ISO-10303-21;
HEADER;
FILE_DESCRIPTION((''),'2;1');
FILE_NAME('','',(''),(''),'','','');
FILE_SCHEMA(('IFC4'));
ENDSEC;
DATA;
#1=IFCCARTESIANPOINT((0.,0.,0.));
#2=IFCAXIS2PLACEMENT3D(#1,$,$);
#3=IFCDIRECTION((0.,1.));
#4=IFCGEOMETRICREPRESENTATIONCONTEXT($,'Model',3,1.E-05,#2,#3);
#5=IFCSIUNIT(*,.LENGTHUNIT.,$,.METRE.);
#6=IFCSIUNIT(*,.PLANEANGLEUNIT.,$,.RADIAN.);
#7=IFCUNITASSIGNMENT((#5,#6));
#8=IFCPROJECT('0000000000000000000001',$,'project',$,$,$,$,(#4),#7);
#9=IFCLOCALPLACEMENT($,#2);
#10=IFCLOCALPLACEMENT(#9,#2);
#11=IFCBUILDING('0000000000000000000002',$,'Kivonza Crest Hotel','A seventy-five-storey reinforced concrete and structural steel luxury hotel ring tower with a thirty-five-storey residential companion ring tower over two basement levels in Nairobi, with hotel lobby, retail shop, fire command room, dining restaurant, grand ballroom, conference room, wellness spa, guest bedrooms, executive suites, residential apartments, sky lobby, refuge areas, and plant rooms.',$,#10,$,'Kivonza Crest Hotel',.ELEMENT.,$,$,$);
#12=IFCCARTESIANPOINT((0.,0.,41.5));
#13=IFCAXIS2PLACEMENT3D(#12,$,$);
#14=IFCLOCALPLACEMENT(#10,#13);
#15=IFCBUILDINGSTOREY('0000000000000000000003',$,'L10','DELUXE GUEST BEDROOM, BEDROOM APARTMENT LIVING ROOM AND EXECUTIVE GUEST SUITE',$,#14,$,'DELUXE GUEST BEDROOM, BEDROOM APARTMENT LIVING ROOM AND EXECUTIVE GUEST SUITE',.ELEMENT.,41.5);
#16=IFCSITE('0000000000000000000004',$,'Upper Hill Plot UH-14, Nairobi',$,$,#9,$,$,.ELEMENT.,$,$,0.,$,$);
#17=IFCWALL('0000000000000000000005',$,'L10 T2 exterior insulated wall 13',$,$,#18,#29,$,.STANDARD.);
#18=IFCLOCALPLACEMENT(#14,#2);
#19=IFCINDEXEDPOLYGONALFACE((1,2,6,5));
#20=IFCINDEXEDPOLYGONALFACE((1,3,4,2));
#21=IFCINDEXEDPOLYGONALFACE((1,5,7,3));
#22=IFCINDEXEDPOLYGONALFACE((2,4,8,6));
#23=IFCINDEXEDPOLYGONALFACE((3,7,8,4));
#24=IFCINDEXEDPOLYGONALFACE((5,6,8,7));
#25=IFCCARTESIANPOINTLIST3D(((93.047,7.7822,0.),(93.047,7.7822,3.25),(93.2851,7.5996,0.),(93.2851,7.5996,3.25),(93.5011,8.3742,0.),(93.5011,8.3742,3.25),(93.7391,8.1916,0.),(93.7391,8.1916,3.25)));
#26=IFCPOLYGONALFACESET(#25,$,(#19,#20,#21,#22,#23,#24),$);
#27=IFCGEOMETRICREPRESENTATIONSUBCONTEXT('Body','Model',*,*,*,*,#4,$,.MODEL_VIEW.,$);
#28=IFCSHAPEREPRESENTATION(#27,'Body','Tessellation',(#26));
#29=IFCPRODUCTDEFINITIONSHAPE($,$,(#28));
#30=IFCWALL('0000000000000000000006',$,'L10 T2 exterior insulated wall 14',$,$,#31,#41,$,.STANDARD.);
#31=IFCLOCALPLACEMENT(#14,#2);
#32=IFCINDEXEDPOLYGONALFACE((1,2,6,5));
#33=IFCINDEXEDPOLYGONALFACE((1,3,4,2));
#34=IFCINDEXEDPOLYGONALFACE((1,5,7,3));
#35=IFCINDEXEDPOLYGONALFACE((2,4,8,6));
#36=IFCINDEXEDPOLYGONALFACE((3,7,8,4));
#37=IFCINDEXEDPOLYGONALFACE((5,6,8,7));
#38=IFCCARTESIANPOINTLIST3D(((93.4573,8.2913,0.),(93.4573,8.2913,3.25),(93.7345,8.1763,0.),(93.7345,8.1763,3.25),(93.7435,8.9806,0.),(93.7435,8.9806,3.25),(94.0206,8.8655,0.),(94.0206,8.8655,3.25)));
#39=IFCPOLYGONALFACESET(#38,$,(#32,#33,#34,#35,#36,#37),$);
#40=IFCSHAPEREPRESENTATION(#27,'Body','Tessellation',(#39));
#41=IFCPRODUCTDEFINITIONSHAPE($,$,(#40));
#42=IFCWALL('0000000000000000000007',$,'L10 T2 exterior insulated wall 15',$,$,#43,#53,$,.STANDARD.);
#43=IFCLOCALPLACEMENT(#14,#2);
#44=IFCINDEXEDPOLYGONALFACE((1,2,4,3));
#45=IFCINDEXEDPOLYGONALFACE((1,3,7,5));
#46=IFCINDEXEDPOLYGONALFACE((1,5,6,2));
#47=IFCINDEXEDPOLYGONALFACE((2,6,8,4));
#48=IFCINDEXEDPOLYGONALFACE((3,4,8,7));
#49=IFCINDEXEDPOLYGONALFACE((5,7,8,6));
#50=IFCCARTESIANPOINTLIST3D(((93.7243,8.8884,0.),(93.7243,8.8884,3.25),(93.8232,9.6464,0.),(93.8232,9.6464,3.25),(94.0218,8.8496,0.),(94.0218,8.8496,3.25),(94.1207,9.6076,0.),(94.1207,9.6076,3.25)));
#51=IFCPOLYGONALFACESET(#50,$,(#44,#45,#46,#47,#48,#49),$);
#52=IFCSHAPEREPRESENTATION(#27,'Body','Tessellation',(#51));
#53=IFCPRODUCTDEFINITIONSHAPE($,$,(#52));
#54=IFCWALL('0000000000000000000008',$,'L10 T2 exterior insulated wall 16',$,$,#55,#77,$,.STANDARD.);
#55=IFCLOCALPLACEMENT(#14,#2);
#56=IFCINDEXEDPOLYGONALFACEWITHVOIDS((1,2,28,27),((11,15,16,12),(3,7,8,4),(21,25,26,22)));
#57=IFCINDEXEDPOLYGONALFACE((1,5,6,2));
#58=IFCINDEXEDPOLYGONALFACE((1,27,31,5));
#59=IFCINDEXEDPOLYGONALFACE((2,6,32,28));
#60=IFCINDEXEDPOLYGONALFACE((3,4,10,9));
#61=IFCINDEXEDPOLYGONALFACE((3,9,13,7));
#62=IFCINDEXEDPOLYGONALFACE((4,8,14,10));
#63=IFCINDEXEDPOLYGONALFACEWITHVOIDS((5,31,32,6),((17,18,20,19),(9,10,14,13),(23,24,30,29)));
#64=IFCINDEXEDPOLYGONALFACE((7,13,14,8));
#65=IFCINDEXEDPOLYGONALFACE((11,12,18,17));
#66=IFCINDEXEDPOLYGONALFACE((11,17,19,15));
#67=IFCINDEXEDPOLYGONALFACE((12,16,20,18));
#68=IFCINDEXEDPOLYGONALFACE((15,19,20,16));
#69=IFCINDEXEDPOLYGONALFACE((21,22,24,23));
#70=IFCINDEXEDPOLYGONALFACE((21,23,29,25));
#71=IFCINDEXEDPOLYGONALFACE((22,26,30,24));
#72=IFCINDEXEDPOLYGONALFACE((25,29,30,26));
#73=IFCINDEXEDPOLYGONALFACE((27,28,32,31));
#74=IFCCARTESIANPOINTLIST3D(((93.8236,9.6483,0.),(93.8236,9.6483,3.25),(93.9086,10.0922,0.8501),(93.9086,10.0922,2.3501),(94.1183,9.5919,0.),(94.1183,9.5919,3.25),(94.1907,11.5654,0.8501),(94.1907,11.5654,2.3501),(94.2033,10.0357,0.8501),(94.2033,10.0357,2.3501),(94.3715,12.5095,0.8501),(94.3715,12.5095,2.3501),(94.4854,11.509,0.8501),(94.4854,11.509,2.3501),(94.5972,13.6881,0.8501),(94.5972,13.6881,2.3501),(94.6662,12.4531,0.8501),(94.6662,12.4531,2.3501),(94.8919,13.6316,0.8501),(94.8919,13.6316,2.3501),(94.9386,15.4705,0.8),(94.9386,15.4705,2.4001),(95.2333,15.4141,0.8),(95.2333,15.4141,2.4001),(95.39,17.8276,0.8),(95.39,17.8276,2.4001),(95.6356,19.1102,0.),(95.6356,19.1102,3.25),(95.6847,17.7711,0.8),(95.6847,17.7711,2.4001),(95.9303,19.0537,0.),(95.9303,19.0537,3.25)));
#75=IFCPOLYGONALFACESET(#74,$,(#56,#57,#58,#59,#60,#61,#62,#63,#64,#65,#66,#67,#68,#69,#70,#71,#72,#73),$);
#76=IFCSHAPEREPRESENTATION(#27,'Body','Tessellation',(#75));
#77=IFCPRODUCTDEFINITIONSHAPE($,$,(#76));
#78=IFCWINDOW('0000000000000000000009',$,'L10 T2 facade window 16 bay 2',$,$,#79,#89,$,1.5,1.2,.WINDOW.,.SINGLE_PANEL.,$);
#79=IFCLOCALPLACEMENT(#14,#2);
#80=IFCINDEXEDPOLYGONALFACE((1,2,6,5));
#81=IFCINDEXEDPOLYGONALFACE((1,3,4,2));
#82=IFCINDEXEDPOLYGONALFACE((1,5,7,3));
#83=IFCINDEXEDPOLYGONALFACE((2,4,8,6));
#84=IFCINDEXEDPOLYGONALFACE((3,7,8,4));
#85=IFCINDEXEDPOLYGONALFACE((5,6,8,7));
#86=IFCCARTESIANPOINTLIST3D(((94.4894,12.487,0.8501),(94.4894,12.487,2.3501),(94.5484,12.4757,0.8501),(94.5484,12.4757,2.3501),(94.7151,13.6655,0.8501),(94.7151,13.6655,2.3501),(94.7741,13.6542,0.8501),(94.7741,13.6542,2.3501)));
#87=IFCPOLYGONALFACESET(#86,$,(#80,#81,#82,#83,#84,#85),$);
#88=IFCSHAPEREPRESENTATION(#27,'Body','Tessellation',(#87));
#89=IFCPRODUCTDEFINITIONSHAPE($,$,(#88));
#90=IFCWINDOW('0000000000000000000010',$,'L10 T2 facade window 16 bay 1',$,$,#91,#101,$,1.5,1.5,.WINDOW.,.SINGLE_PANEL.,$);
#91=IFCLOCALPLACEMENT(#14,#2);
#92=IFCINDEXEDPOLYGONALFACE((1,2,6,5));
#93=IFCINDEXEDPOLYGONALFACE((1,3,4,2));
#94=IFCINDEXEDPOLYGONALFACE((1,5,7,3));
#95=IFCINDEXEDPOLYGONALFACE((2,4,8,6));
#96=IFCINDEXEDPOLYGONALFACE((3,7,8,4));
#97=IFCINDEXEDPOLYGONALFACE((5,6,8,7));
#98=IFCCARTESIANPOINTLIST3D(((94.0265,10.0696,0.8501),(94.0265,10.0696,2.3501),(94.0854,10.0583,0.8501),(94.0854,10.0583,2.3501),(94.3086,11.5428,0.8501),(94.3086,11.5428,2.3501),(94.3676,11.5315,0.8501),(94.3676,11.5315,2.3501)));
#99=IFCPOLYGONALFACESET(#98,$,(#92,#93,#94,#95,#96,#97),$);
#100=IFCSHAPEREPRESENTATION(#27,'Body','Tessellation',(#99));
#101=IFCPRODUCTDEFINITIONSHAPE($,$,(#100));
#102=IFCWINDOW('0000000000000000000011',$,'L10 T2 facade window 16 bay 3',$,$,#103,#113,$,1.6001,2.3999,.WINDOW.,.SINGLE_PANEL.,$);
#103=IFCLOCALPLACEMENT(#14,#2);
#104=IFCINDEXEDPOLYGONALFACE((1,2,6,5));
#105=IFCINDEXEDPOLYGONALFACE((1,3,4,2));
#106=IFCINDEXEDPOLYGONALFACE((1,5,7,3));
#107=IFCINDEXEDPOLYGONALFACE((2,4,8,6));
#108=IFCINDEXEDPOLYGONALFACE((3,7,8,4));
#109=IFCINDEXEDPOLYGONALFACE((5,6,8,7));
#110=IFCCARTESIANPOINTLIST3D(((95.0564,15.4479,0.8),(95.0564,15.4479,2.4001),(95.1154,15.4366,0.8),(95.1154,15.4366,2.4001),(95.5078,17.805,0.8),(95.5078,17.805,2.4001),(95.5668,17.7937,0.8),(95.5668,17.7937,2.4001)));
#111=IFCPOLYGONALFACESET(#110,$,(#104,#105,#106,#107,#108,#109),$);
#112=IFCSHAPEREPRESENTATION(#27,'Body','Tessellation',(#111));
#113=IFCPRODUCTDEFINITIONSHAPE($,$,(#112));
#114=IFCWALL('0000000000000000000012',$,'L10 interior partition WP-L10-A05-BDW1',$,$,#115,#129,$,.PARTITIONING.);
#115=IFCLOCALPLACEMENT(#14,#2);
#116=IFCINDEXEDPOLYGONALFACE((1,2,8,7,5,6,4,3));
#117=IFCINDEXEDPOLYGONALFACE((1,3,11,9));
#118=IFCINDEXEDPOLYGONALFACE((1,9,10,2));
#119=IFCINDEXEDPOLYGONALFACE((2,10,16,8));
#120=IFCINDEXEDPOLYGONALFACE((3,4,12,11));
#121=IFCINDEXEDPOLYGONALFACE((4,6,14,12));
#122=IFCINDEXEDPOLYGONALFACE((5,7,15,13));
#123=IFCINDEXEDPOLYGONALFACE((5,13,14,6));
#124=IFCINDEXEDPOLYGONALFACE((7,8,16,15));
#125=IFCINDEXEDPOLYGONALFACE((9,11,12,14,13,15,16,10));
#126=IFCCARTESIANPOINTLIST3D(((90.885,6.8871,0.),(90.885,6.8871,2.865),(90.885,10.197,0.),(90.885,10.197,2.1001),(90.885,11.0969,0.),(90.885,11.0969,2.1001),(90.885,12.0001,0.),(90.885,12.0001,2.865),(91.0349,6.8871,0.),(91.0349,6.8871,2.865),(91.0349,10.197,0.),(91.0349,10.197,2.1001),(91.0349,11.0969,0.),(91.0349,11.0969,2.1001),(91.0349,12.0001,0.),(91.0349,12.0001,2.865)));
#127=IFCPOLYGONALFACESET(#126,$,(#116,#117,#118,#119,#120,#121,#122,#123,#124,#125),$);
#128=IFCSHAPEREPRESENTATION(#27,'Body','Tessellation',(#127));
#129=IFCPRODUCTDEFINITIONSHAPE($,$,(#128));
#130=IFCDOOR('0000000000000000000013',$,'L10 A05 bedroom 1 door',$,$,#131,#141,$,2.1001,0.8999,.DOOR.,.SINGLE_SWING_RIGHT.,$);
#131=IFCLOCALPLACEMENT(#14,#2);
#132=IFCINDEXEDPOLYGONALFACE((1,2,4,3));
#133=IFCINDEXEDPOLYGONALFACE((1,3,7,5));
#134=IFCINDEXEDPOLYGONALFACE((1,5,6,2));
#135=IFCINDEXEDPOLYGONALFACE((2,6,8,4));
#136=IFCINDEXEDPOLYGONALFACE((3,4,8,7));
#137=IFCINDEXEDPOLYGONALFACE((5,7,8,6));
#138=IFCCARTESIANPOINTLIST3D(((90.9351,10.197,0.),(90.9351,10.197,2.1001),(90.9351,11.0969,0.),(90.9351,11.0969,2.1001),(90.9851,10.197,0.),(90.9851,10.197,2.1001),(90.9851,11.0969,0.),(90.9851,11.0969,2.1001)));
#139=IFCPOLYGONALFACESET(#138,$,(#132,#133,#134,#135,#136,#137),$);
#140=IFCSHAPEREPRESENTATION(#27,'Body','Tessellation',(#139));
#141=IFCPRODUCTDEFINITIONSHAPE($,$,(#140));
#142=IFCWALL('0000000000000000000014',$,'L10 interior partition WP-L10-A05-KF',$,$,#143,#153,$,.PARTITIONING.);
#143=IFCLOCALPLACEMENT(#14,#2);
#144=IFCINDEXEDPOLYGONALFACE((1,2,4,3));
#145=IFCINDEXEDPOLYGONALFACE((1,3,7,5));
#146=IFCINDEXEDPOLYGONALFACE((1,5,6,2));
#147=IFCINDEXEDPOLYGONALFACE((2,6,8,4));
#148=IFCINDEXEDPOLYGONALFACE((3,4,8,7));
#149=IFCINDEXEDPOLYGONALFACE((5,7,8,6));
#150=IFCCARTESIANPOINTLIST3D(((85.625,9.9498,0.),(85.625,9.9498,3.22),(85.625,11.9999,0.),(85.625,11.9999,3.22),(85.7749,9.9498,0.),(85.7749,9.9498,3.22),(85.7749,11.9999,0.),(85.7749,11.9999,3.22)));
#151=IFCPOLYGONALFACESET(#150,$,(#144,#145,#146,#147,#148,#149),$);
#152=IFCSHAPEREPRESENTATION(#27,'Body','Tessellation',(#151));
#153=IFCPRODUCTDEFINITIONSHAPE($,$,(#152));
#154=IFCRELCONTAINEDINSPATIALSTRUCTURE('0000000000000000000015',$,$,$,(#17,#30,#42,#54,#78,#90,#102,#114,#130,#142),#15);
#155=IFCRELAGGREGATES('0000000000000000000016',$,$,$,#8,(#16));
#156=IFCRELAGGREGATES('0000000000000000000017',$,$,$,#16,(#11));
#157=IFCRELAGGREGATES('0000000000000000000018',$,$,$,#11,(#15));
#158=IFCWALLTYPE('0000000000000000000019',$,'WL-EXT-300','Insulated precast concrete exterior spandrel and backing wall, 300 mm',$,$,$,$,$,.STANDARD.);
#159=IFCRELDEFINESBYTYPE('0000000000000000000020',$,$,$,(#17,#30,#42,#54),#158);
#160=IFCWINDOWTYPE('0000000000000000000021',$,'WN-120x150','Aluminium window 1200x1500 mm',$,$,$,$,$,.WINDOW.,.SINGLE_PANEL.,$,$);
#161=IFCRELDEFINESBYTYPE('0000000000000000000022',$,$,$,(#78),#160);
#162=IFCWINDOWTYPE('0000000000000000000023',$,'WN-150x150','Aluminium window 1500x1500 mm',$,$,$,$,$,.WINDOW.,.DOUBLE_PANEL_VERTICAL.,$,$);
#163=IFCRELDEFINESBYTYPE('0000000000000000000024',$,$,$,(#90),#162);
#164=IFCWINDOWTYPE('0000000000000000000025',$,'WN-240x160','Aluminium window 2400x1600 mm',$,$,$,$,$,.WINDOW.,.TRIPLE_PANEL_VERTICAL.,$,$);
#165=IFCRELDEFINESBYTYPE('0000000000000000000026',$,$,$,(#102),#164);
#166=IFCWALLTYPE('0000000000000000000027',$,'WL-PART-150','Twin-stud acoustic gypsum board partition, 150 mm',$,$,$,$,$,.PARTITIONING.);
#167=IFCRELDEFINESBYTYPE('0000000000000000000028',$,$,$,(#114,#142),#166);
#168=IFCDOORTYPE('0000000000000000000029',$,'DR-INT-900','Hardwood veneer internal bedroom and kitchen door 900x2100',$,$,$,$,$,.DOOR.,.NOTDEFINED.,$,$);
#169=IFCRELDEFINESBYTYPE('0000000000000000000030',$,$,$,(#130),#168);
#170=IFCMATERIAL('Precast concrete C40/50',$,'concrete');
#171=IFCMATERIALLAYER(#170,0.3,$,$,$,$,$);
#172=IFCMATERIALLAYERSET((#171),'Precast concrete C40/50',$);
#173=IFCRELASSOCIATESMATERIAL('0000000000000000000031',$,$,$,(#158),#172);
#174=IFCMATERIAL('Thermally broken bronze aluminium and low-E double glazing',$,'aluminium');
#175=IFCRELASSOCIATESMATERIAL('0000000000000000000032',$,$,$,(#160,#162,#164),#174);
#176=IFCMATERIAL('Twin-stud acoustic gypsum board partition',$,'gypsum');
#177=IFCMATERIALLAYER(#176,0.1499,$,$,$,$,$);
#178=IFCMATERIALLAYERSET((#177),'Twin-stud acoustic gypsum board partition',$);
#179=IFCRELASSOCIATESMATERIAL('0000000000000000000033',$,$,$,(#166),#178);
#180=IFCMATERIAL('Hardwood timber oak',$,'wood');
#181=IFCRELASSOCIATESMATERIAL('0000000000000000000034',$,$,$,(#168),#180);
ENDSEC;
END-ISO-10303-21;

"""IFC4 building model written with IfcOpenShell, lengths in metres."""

from ifc_helpers import new_model, si_unit, direction, frame, frame_2d, origin, place, context, subcontext, project, spatial, rectangle, extrude, material, layer, layer_set, type_object, element, fill, save


model = new_model("IFC4")

# Units and contexts
model_context = context("Model", 3, precision=1e-05, world=origin(), true_north=direction((0.0, 1.0)))
body_context = subcontext(model_context, "Body", "Model", "MODEL_VIEW")
ifc_project = project(units=[si_unit("LENGTHUNIT", "METRE"), si_unit("PLANEANGLEUNIT", "RADIAN")], contexts=[model_context])

# Site, building, storey
site_placement = place(None, origin())
site = spatial("IfcSite", under=ifc_project, at=site_placement, Name="Upper Hill Plot UH-14, Nairobi", CompositionType="ELEMENT", RefElevation=0.0)
building_placement = place(site_placement, origin())
building = spatial("IfcBuilding", under=site, at=building_placement, Name="Kivonza Crest Hotel", Description="A seventy-five-storey reinforced concrete and structural steel luxury hotel ring tower with a thirty-five-storey residential companion ring tower over two basement levels in Nairobi, with hotel lobby, retail shop, fire command room, dining restaurant, grand ballroom, conference room, wellness spa, guest bedrooms, executive suites, residential apartments, sky lobby, refuge areas, and plant rooms.", LongName="Kivonza Crest Hotel", CompositionType="ELEMENT")
storey_placement = place(building_placement, frame((0.0, 0.0, 41.5)))
storey = spatial("IfcBuildingStorey", under=building, at=storey_placement, Name="L10", Description="DELUXE GUEST BEDROOM, BEDROOM APARTMENT LIVING ROOM AND EXECUTIVE GUEST SUITE", LongName="DELUXE GUEST BEDROOM, BEDROOM APARTMENT LIVING ROOM AND EXECUTIVE GUEST SUITE", CompositionType="ELEMENT", Elevation=41.5)

# Shared definitions
ifc_material_1 = material(Name="Hardwood timber oak", Category="wood")

# Walls
ifc_material_2 = material(Name="Precast concrete C40/50", Category="concrete")
ifc_layer_1 = layer(ifc_material_2, 0.3)
ifc_layer_set_1 = layer_set([ifc_layer_1], Name="Precast concrete C40/50")
wall_type_1 = type_object("IfcWallType", Name="WL-EXT-300", Description="Insulated precast concrete exterior spandrel and backing wall, 300 mm", PredefinedType="STANDARD", material=ifc_layer_set_1)
for number, where, z_axis, x_axis, name in (
    (1, (93.166, 7.6909, 0.0), (0.0, 0.0, 1.0), (0.608603, 0.793475, 0.0), "L10 T2 exterior insulated wall 13"),
):
    element("IfcWall", number, at=place(storey_placement, frame(where, z_axis=z_axis, x_axis=x_axis)), inside=storey, type_object=wall_type_1, Name=name, PredefinedType="STANDARD", context=body_context, shape_type="SweptSolid", body=[
        extrude(rectangle(XDim=0.7461, YDim=0.3, at=frame_2d((0.373, 0.0))), origin(), (0.0, 0.0, 1.0), 3.25),
    ])
wall_1_placement = place(storey_placement, frame((93.5959, 8.2339, 0.0), z_axis=(0.0, 0.0, 1.0), x_axis=(0.38343, 0.92357, 0.0)))
element("IfcWall", 2, at=wall_1_placement, inside=storey, type_object=wall_type_1, Name="L10 T2 exterior insulated wall 14", PredefinedType="STANDARD", context=body_context, shape_type="SweptSolid", body=[
    extrude(rectangle(XDim=0.7463, YDim=0.3, at=frame_2d((0.373, 0.0))), origin(), (0.0, 0.0, 1.0), 3.25),
])
wall_2_placement = place(storey_placement, frame((93.873, 8.8689, 0.0), z_axis=(0.0, 0.0, 1.0), x_axis=(0.129339, 0.9916, 0.0)))
element("IfcWall", 3, at=wall_2_placement, inside=storey, type_object=wall_type_1, Name="L10 T2 exterior insulated wall 15", PredefinedType="STANDARD", context=body_context, shape_type="SweptSolid", body=[
    extrude(rectangle(XDim=0.7644, YDim=0.3, at=frame_2d((0.3823, 0.0))), origin(), (0.0, 0.0, 1.0), 3.25),
])

# Wall, openings, windows
wall_3_placement = place(storey_placement, frame((93.9709, 9.6201, 0.0), z_axis=(0.0, 0.0, 1.0), x_axis=(0.188088, 0.982152, 0.0)))
wall_3 = element("IfcWall", 4, at=wall_3_placement, inside=storey, type_object=wall_type_1, Name="L10 T2 exterior insulated wall 16", PredefinedType="STANDARD", context=body_context, shape_type="SweptSolid", body=[
    extrude(rectangle(XDim=9.6338, YDim=0.3, at=frame_2d((4.8169, 0.0))), origin(), (0.0, 0.0, 1.0), 3.25),
])
opening_1_placement = place(wall_3_placement, frame((0.4519, 0.0, 0.8501)))
opening_1 = element("IfcOpeningElement", 5, at=opening_1_placement, cuts=wall_3, PredefinedType="OPENING", context=body_context, shape_type="SweptSolid", body=[
    extrude(rectangle(XDim=1.5, YDim=1.5, at=frame_2d((0.75, 0.75))), frame((0.0, 0.1602, 0.0), z_axis=(0.0, -1.0, 0.0), x_axis=(1.0, 0.0, 0.0)), (0.0, 0.0, 1.0), 0.3201),
])
opening_2_placement = place(wall_3_placement, frame((2.9131, 0.0, 0.8501)))
opening_2 = element("IfcOpeningElement", 6, at=opening_2_placement, cuts=wall_3, PredefinedType="OPENING", context=body_context, shape_type="SweptSolid", body=[
    extrude(rectangle(XDim=1.2, YDim=1.5, at=frame_2d((0.6001, 0.75))), frame((0.0, 0.1602, 0.0), z_axis=(0.0, -1.0, 0.0), x_axis=(1.0, 0.0, 0.0)), (0.0, 0.0, 1.0), 0.3201),
])
opening_3_placement = place(wall_3_placement, frame((5.928, 0.0, 0.8)))
opening_3 = element("IfcOpeningElement", 7, at=opening_3_placement, cuts=wall_3, PredefinedType="OPENING", context=body_context, shape_type="SweptSolid", body=[
    extrude(rectangle(XDim=2.3999, YDim=1.6001, at=frame_2d((1.2, 0.8))), frame((0.0, 0.1602, 0.0), z_axis=(0.0, -1.0, 0.0), x_axis=(1.0, 0.0, 0.0)), (0.0, 0.0, 1.0), 0.3201),
])
ifc_material_3 = material(Name="Thermally broken bronze aluminium and low-E double glazing", Category="aluminium")
window_type_1 = type_object("IfcWindowType", Name="WN-120x150", Description="Aluminium window 1200x1500 mm", PartitioningType="SINGLE_PANEL", PredefinedType="WINDOW", material=ifc_material_3)
window_1_placement = place(opening_2_placement, origin())
window_1 = element("IfcWindow", 8, at=window_1_placement, inside=storey, type_object=window_type_1, Name="L10 T2 facade window 16 bay 2", OverallHeight=1.5, OverallWidth=1.2, PartitioningType="SINGLE_PANEL", PredefinedType="WINDOW", context=body_context, shape_type="SweptSolid", body=[
    extrude(rectangle(XDim=1.2, YDim=1.5, at=frame_2d((0.6001, 0.75))), frame((0.0, 0.03, 0.0), z_axis=(0.0, -1.0, 0.0), x_axis=(1.0, 0.0, 0.0)), (0.0, 0.0, 1.0), 0.0601),
])
fill(opening_2, window_1)
window_type_2 = type_object("IfcWindowType", Name="WN-150x150", Description="Aluminium window 1500x1500 mm", PartitioningType="DOUBLE_PANEL_VERTICAL", PredefinedType="WINDOW", material=ifc_material_3)
window_2_placement = place(opening_1_placement, origin())
window_2 = element("IfcWindow", 9, at=window_2_placement, inside=storey, type_object=window_type_2, Name="L10 T2 facade window 16 bay 1", OverallHeight=1.5, OverallWidth=1.5, PartitioningType="SINGLE_PANEL", PredefinedType="WINDOW", context=body_context, shape_type="SweptSolid", body=[
    extrude(rectangle(XDim=1.5, YDim=1.5, at=frame_2d((0.75, 0.75))), frame((0.0, 0.03, 0.0), z_axis=(0.0, -1.0, 0.0), x_axis=(1.0, 0.0, 0.0)), (0.0, 0.0, 1.0), 0.0601),
])
fill(opening_1, window_2)
window_type_3 = type_object("IfcWindowType", Name="WN-240x160", Description="Aluminium window 2400x1600 mm", PartitioningType="TRIPLE_PANEL_VERTICAL", PredefinedType="WINDOW", material=ifc_material_3)
window_3_placement = place(opening_3_placement, origin())
window_3 = element("IfcWindow", 10, at=window_3_placement, inside=storey, type_object=window_type_3, Name="L10 T2 facade window 16 bay 3", OverallHeight=1.6001, OverallWidth=2.3999, PartitioningType="SINGLE_PANEL", PredefinedType="WINDOW", context=body_context, shape_type="SweptSolid", body=[
    extrude(rectangle(XDim=2.3999, YDim=1.6001, at=frame_2d((1.2, 0.8))), frame((0.0, 0.03, 0.0), z_axis=(0.0, -1.0, 0.0), x_axis=(1.0, 0.0, 0.0)), (0.0, 0.0, 1.0), 0.0601),
])
fill(opening_3, window_3)

# Wall, opening, door
ifc_material_4 = material(Name="Twin-stud acoustic gypsum board partition", Category="gypsum")
ifc_layer_2 = layer(ifc_material_4, 0.1499)
ifc_layer_set_2 = layer_set([ifc_layer_2], Name="Twin-stud acoustic gypsum board partition")
wall_type_2 = type_object("IfcWallType", Name="WL-PART-150", Description="Twin-stud acoustic gypsum board partition, 150 mm", PredefinedType="PARTITIONING", material=ifc_layer_set_2)
wall_4_placement = place(storey_placement, frame((90.96, 6.887, 0.0), z_axis=(0.0, 0.0, 1.0), x_axis=(0.0, 1.0, 0.0)))
wall_4 = element("IfcWall", 11, at=wall_4_placement, inside=storey, type_object=wall_type_2, Name="L10 interior partition WP-L10-A05-BDW1", PredefinedType="PARTITIONING", context=body_context, shape_type="SweptSolid", body=[
    extrude(rectangle(XDim=5.113, YDim=0.1499, at=frame_2d((2.5566, 0.0))), origin(), (0.0, 0.0, 1.0), 2.865),
])
opening_4_placement = place(wall_4_placement, frame((3.3101, 0.0, 0.0)))
opening_4 = element("IfcOpeningElement", 12, at=opening_4_placement, cuts=wall_4, PredefinedType="OPENING", context=body_context, shape_type="SweptSolid", body=[
    extrude(rectangle(XDim=0.8999, YDim=2.1001, at=frame_2d((0.45, 1.05))), frame((0.0, 0.085, 0.0), z_axis=(0.0, -1.0, 0.0), x_axis=(1.0, 0.0, 0.0)), (0.0, 0.0, 1.0), 0.1699),
])
door_type_1 = type_object("IfcDoorType", Name="DR-INT-900", Description="Hardwood veneer internal bedroom and kitchen door 900x2100", OperationType="NOTDEFINED", PredefinedType="DOOR", material=ifc_material_1)
door_1_placement = place(opening_4_placement, origin())
door_1 = element("IfcDoor", 13, at=door_1_placement, inside=storey, type_object=door_type_1, Name="L10 A05 bedroom 1 door", OperationType="SINGLE_SWING_RIGHT", OverallHeight=2.1001, OverallWidth=0.8999, PredefinedType="DOOR", context=body_context, shape_type="SweptSolid", body=[
    extrude(rectangle(XDim=0.8999, YDim=2.1001, at=frame_2d((0.45, 1.05))), frame((0.0, 0.0249, 0.0), z_axis=(0.0, -1.0, 0.0), x_axis=(1.0, 0.0, 0.0)), (0.0, 0.0, 1.0), 0.05),
])
fill(opening_4, door_1)

# Wall
wall_5_placement = place(storey_placement, frame((85.7, 9.95, 0.0), z_axis=(0.0, 0.0, 1.0), x_axis=(0.0, 1.0, 0.0)))
element("IfcWall", 14, at=wall_5_placement, inside=storey, type_object=wall_type_2, Name="L10 interior partition WP-L10-A05-KF", PredefinedType="PARTITIONING", context=body_context, shape_type="SweptSolid", body=[
    extrude(rectangle(XDim=2.05, YDim=0.1499, at=frame_2d((1.0249, 0.0))), origin(), (0.0, 0.0, 1.0), 3.22),
])

save(model, "model.ifc")
